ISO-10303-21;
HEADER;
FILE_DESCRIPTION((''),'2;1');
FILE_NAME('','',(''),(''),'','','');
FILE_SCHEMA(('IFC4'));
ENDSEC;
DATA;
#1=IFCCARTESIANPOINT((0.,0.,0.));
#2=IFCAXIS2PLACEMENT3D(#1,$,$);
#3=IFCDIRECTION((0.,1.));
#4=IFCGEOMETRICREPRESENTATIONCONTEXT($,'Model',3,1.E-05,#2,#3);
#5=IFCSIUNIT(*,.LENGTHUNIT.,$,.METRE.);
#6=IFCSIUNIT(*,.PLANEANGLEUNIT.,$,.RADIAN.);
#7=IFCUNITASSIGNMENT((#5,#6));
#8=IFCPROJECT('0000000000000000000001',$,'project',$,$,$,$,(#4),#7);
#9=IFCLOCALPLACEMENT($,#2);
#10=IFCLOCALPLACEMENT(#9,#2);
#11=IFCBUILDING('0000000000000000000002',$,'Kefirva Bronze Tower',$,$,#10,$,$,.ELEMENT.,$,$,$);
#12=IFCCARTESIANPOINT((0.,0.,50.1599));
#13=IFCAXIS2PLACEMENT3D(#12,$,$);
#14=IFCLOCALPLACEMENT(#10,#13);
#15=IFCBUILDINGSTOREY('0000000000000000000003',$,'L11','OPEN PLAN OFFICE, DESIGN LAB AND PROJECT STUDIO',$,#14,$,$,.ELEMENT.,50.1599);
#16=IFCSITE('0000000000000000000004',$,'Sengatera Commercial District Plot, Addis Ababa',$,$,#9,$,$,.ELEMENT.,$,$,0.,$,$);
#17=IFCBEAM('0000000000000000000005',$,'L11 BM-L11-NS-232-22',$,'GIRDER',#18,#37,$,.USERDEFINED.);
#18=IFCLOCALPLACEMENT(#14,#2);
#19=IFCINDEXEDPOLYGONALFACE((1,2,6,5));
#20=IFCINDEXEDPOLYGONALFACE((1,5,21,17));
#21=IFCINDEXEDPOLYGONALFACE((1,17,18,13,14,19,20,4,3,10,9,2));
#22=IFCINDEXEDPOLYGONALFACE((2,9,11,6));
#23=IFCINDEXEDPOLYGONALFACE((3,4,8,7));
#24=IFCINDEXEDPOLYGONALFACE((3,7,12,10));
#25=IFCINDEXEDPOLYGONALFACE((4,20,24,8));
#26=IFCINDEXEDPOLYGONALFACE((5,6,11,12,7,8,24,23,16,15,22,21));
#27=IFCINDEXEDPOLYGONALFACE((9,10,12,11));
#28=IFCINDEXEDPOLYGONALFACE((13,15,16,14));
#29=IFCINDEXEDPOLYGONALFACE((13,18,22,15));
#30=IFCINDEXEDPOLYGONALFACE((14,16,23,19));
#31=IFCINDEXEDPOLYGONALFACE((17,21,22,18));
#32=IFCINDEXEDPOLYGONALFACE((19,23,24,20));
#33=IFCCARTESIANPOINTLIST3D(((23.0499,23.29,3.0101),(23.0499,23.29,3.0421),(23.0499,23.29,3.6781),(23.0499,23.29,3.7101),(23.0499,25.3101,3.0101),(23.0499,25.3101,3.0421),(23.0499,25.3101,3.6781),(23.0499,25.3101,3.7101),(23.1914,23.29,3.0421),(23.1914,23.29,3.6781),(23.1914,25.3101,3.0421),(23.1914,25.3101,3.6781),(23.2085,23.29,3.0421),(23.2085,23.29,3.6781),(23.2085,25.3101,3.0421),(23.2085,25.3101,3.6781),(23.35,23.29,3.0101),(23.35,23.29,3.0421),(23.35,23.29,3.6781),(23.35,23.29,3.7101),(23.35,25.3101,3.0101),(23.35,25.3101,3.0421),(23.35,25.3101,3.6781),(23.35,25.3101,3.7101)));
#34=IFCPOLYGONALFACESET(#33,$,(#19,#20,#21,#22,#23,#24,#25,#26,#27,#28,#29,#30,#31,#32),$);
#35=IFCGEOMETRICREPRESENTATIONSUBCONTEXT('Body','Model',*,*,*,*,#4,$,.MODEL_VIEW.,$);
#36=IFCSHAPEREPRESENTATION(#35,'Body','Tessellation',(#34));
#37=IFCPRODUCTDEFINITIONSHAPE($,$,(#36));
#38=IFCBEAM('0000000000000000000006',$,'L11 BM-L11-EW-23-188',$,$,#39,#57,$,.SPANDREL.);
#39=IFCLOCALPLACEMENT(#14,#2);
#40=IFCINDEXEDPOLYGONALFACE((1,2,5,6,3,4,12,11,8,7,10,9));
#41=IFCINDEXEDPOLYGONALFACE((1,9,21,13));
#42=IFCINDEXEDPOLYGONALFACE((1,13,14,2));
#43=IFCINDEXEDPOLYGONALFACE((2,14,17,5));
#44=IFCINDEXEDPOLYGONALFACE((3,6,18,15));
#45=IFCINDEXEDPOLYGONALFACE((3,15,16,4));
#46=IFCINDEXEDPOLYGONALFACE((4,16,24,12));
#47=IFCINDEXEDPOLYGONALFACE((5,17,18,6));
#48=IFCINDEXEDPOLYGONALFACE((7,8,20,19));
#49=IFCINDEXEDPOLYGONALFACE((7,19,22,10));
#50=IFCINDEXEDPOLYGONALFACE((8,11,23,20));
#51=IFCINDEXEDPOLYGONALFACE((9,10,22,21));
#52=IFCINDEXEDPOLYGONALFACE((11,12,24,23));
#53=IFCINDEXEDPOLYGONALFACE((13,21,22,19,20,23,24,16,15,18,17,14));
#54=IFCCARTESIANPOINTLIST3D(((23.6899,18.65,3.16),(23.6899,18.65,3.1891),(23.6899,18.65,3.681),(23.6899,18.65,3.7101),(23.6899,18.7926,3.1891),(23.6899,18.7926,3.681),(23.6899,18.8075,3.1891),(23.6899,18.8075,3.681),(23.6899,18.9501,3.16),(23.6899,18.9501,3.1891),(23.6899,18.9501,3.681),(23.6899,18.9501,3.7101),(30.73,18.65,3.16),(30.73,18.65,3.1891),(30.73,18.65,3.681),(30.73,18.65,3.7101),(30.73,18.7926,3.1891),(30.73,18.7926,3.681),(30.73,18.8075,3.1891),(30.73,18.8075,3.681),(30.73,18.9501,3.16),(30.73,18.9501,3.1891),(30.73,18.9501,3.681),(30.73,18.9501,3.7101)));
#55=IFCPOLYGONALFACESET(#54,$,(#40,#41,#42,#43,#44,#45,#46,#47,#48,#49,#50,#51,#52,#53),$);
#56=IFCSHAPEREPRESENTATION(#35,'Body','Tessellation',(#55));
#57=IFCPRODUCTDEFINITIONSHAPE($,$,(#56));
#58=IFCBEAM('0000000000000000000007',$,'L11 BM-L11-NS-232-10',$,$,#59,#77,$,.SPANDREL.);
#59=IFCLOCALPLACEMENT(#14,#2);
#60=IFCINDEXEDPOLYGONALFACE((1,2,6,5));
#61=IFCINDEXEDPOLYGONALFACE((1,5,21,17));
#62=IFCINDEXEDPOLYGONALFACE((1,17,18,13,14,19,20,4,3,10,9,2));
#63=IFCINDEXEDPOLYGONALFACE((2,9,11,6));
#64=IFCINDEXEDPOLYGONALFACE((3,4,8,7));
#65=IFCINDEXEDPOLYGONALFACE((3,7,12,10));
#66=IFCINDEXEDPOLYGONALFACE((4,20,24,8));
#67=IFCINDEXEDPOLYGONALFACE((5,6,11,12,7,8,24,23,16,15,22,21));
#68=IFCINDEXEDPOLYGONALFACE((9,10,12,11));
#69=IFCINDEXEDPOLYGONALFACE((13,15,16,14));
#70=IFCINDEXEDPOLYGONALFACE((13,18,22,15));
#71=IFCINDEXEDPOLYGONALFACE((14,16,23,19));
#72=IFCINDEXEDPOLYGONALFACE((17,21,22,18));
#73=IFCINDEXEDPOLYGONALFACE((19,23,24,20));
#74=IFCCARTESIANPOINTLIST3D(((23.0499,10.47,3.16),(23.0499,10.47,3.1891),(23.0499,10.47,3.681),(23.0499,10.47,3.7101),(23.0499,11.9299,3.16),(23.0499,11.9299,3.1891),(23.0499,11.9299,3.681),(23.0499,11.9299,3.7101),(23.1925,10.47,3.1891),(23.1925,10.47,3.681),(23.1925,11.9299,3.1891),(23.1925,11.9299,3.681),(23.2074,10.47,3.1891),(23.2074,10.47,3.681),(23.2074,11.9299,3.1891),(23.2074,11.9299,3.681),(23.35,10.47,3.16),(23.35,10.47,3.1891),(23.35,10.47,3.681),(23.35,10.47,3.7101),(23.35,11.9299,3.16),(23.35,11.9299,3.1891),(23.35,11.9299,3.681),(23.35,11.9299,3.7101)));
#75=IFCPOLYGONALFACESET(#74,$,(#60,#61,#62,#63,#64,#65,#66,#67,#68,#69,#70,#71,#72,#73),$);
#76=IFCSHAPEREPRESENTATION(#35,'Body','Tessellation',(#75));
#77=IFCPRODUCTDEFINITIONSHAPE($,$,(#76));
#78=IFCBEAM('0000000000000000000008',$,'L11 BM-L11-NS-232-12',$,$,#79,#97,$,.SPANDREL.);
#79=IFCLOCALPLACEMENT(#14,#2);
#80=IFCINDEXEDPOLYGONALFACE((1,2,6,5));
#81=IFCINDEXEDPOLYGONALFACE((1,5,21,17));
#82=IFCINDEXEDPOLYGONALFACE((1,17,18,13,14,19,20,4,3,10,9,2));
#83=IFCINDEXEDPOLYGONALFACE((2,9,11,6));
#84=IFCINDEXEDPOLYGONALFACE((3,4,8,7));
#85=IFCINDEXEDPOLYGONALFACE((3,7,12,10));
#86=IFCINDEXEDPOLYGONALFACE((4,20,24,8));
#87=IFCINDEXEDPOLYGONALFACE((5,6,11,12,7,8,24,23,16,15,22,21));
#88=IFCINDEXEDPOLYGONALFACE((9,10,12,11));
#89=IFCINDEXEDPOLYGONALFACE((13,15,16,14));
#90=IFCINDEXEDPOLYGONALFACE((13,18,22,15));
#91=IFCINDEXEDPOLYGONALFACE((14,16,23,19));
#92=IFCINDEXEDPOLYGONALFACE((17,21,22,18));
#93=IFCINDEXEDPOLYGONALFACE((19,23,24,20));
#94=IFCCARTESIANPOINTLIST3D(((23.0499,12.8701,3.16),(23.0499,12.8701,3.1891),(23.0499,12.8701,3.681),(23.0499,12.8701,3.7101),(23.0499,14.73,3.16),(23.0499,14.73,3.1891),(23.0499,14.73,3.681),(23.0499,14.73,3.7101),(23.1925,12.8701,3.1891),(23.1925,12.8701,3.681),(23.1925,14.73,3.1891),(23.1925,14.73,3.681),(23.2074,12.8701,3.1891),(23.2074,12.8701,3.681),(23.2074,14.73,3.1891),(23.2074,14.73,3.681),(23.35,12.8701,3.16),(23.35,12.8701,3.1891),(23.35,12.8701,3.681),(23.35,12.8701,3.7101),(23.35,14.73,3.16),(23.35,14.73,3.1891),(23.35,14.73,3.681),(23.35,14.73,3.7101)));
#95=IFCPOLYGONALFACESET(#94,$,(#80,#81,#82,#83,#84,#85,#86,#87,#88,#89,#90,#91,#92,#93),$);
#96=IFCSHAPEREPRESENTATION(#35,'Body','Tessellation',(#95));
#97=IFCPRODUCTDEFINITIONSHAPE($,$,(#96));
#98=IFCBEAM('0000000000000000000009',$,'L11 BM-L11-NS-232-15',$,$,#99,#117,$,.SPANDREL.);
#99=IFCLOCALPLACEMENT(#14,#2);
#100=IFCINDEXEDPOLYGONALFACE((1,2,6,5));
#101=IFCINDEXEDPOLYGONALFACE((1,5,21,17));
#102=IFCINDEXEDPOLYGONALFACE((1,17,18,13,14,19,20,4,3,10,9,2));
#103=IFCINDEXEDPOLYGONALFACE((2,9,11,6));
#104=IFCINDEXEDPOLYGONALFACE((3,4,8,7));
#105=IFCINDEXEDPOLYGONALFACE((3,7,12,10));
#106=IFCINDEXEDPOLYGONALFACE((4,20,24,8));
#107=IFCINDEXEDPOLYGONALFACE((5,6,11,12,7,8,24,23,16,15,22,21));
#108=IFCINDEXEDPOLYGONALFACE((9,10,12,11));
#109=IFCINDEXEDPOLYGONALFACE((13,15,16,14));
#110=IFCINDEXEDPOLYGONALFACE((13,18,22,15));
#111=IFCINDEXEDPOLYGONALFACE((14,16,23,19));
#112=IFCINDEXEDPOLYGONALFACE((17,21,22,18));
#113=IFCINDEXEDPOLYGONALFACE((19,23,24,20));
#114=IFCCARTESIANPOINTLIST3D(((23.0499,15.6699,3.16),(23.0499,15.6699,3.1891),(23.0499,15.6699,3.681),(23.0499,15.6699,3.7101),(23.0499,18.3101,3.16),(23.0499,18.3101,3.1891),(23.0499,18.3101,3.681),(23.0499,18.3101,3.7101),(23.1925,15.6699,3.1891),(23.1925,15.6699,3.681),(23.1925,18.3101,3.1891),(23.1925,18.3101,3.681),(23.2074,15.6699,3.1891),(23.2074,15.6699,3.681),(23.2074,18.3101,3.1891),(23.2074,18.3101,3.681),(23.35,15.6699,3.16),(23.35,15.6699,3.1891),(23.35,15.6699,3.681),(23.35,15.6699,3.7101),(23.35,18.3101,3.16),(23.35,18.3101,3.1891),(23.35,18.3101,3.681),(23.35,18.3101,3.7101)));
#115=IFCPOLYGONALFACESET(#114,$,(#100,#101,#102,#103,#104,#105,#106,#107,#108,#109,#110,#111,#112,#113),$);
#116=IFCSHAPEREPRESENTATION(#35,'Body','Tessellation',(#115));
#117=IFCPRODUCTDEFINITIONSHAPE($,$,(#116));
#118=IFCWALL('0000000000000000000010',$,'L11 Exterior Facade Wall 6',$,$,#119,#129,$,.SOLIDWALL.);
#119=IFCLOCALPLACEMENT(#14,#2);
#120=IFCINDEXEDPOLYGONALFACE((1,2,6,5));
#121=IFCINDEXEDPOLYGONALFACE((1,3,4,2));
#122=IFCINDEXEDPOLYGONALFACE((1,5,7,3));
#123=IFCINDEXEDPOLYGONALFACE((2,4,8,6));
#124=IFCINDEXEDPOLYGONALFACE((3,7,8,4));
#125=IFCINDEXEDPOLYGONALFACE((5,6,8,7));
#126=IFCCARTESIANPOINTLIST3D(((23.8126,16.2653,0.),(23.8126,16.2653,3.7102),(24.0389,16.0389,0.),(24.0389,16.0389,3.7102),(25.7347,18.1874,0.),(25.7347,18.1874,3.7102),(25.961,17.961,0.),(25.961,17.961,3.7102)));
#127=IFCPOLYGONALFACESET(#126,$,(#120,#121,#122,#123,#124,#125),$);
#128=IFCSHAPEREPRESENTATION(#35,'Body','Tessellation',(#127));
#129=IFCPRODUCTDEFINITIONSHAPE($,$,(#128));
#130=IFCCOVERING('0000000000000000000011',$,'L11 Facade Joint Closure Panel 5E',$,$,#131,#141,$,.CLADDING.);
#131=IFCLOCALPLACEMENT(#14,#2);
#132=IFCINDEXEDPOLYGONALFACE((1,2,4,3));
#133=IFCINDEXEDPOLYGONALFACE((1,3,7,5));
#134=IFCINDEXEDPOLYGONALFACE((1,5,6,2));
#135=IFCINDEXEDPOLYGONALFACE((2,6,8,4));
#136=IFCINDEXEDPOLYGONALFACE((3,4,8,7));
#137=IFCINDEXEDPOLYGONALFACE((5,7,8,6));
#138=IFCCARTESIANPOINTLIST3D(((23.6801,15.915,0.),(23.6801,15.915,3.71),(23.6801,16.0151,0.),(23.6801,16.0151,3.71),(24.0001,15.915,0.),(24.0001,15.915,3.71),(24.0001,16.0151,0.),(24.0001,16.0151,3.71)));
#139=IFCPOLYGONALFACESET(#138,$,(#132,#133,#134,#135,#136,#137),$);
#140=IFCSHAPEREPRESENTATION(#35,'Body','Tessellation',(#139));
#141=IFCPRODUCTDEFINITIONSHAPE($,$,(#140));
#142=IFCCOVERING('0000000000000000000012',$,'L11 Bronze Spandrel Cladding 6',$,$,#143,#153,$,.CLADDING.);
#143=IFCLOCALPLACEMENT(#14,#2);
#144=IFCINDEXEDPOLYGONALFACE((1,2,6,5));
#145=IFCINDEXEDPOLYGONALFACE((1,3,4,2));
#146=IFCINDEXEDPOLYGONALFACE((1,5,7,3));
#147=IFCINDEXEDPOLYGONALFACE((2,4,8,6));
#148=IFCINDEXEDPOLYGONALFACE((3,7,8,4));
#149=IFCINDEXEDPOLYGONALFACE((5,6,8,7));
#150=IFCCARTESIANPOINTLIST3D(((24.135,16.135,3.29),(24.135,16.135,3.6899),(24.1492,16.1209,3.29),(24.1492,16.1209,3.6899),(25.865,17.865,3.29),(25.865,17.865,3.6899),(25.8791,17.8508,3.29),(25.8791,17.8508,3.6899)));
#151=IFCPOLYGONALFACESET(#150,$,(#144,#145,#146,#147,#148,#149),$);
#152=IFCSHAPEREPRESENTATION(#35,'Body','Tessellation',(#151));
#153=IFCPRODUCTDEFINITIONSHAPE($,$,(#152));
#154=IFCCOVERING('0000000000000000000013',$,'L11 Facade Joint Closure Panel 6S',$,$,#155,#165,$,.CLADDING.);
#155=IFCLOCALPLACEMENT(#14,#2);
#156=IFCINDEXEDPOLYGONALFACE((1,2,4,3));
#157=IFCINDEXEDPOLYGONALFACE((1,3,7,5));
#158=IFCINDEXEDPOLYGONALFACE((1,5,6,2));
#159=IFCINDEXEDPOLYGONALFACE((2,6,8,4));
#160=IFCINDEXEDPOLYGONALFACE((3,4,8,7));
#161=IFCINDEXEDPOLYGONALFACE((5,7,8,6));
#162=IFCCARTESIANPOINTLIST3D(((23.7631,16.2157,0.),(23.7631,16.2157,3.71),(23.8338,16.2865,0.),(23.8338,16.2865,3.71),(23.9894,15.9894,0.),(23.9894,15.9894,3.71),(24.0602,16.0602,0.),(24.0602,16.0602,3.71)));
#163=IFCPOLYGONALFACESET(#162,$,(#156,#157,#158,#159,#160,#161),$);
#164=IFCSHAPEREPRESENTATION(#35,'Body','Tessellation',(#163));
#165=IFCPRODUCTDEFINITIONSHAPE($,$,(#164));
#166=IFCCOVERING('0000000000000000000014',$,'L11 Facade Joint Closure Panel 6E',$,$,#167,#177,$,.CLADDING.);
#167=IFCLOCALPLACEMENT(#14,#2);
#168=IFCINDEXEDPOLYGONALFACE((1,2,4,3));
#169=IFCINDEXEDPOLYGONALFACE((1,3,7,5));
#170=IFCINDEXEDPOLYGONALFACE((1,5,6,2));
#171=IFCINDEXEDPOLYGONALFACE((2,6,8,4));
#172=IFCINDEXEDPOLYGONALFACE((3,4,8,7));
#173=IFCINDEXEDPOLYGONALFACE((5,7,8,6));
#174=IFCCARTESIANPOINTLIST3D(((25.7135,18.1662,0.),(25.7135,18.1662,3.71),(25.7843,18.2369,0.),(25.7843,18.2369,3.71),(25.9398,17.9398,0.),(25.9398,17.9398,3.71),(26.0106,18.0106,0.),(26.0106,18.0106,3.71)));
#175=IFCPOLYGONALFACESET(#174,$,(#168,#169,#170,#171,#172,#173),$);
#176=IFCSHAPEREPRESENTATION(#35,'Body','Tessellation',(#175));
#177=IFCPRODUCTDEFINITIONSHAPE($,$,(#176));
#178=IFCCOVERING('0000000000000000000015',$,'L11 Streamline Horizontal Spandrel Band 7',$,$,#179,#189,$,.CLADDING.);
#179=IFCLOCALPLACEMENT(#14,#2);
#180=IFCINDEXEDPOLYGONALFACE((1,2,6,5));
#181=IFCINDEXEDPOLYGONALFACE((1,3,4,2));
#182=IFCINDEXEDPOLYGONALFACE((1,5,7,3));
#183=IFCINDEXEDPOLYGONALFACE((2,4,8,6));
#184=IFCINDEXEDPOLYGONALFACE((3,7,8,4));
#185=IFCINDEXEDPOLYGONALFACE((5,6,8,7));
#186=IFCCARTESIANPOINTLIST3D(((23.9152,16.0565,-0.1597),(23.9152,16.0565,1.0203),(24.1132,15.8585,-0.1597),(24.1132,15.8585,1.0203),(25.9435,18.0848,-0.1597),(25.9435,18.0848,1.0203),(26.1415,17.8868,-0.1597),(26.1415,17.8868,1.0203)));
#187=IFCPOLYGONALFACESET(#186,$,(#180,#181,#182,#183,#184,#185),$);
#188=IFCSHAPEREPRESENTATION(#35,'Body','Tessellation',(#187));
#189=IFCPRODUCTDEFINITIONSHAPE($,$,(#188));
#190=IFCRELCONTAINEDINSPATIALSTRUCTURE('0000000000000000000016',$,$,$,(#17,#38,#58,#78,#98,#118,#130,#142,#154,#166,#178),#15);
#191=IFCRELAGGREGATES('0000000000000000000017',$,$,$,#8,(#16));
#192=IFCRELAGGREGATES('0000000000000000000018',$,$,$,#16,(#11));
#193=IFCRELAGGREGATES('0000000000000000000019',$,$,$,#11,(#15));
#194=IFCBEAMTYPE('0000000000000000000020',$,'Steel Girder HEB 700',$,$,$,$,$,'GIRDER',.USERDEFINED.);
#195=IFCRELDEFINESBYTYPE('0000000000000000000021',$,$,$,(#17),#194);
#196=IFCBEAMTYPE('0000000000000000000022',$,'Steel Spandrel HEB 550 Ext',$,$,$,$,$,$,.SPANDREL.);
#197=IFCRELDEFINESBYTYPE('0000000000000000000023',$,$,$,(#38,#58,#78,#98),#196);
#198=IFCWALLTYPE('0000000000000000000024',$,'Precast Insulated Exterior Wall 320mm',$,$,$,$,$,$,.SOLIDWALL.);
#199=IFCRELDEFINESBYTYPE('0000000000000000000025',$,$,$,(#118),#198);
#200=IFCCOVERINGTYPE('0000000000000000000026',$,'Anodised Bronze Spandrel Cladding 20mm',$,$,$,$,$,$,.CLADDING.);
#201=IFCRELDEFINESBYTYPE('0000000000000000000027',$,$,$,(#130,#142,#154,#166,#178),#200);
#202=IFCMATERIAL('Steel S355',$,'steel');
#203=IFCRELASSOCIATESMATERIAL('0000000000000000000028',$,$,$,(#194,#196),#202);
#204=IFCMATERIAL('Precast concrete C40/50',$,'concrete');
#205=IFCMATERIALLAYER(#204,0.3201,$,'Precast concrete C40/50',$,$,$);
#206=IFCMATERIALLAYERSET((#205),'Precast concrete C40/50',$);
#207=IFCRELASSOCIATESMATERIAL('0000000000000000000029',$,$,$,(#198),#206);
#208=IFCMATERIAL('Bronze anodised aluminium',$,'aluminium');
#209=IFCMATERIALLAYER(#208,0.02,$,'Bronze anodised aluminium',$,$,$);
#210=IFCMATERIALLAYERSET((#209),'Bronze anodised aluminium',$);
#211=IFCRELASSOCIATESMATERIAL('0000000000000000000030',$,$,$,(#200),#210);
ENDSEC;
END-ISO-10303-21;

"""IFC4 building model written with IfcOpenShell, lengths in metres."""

from ifc_helpers import new_model, si_unit, direction, frame, frame_2d, origin, origin_2d, place, context, subcontext, project, spatial, rectangle, i_section, extrude, material, layer, layer_set, material_profile, profile_set, type_object, element, save


model = new_model("IFC4")

# Units and contexts
model_context = context("Model", 3, precision=1e-05, world=origin(), true_north=direction((0.0, 1.0)))
body_context = subcontext(model_context, "Body", "Model", "MODEL_VIEW")
ifc_project = project(units=[si_unit("LENGTHUNIT", "METRE"), si_unit("PLANEANGLEUNIT", "RADIAN")], contexts=[model_context])

# Site, building, storey
site_placement = place(None, origin())
site = spatial("IfcSite", under=ifc_project, at=site_placement, Name="Sengatera Commercial District Plot, Addis Ababa", CompositionType="ELEMENT", RefElevation=0.0)
building_placement = place(site_placement, origin())
building = spatial("IfcBuilding", under=site, at=building_placement, Name="Kefirva Bronze Tower", CompositionType="ELEMENT")
storey_placement = place(building_placement, frame((0.0, 0.0, 50.1599)))
storey = spatial("IfcBuildingStorey", under=building, at=storey_placement, Name="L11", Description="OPEN PLAN OFFICE, DESIGN LAB AND PROJECT STUDIO", CompositionType="ELEMENT", Elevation=50.1599)

# Shared definitions
ifc_material_1 = material(Name="Bronze anodised aluminium", Category="aluminium")

# Beams
ifc_material_2 = material(Name="Steel S355", Category="steel")
ifc_material_profile_1 = material_profile(ifc_material_2, i_section(OverallWidth=0.3, OverallDepth=0.7, WebThickness=0.0171, FlangeThickness=0.032, at=origin_2d()), Name="HEB 700")
ifc_profile_set_1 = profile_set([ifc_material_profile_1], Name="Steel S355")
beam_type_1 = type_object("IfcBeamType", Name="Steel Girder HEB 700", ElementType="GIRDER", PredefinedType="USERDEFINED", material=ifc_profile_set_1)
beam_1_placement = place(storey_placement, frame((23.2, 23.29, 3.3601), z_axis=(0.0, 1.0, 0.0), x_axis=(-1.0, 0.0, 0.0)))
element("IfcBeam", 1, at=beam_1_placement, inside=storey, type_object=beam_type_1, Name="L11 BM-L11-NS-232-22", ObjectType="GIRDER", PredefinedType="USERDEFINED", context=body_context, shape_type="SweptSolid", body=[
    extrude(i_section(OverallWidth=0.3, OverallDepth=0.7, WebThickness=0.0171, FlangeThickness=0.032, at=origin_2d()), origin(), (0.0, 0.0, 1.0), 2.02),
])
ifc_material_profile_2 = material_profile(ifc_material_2, i_section(OverallWidth=0.3, OverallDepth=0.55, WebThickness=0.0149, FlangeThickness=0.0291, at=origin_2d()), Name="HEB 550")
ifc_profile_set_2 = profile_set([ifc_material_profile_2], Name="Steel S355")
beam_type_2 = type_object("IfcBeamType", Name="Steel Spandrel HEB 550 Ext", PredefinedType="SPANDREL", material=ifc_profile_set_2)
beam_2_placement = place(storey_placement, frame((23.6899, 18.8, 3.4351), z_axis=(1.0, 0.0, 0.0), x_axis=(0.0, 1.0, 0.0)))
element("IfcBeam", 2, at=beam_2_placement, inside=storey, type_object=beam_type_2, Name="L11 BM-L11-EW-23-188", PredefinedType="SPANDREL", context=body_context, shape_type="SweptSolid", body=[
    extrude(i_section(OverallWidth=0.3, OverallDepth=0.55, WebThickness=0.0149, FlangeThickness=0.0291, at=origin_2d()), origin(), (0.0, 0.0, 1.0), 7.04),
])
beam_3_placement = place(storey_placement, frame((23.2, 10.47, 3.4351), z_axis=(0.0, 1.0, 0.0), x_axis=(-1.0, 0.0, 0.0)))
element("IfcBeam", 3, at=beam_3_placement, inside=storey, type_object=beam_type_2, Name="L11 BM-L11-NS-232-10", PredefinedType="SPANDREL", context=body_context, shape_type="SweptSolid", body=[
    extrude(i_section(OverallWidth=0.3, OverallDepth=0.55, WebThickness=0.0149, FlangeThickness=0.0291, at=origin_2d()), origin(), (0.0, 0.0, 1.0), 1.46),
])
beam_4_placement = place(storey_placement, frame((23.2, 12.8701, 3.4351), z_axis=(0.0, 1.0, 0.0), x_axis=(-1.0, 0.0, 0.0)))
element("IfcBeam", 4, at=beam_4_placement, inside=storey, type_object=beam_type_2, Name="L11 BM-L11-NS-232-12", PredefinedType="SPANDREL", context=body_context, shape_type="SweptSolid", body=[
    extrude(i_section(OverallWidth=0.3, OverallDepth=0.55, WebThickness=0.0149, FlangeThickness=0.0291, at=origin_2d()), origin(), (0.0, 0.0, 1.0), 1.8599),
])
beam_5_placement = place(storey_placement, frame((23.2, 15.6699, 3.4351), z_axis=(0.0, 1.0, 0.0), x_axis=(-1.0, 0.0, 0.0)))
element("IfcBeam", 5, at=beam_5_placement, inside=storey, type_object=beam_type_2, Name="L11 BM-L11-NS-232-15", PredefinedType="SPANDREL", context=body_context, shape_type="SweptSolid", body=[
    extrude(i_section(OverallWidth=0.3, OverallDepth=0.55, WebThickness=0.0149, FlangeThickness=0.0291, at=origin_2d()), origin(), (0.0, 0.0, 1.0), 2.6401),
])

# Wall
ifc_material_3 = material(Name="Precast concrete C40/50", Category="concrete")
ifc_layer_1 = layer(ifc_material_3, 0.3201, Name="Precast concrete C40/50")
ifc_layer_set_1 = layer_set([ifc_layer_1], Name="Precast concrete C40/50")
wall_type = type_object("IfcWallType", Name="Precast Insulated Exterior Wall 320mm", PredefinedType="SOLIDWALL", material=ifc_layer_set_1)
wall_placement = place(storey_placement, frame((23.9258, 16.1521, 0.0), z_axis=(0.0, 0.0, 1.0), x_axis=(0.707107, 0.707107, 0.0)))
element("IfcWall", 6, at=wall_placement, inside=storey, type_object=wall_type, Name="L11 Exterior Facade Wall 6", PredefinedType="SOLIDWALL", context=body_context, shape_type="SweptSolid", body=[
    extrude(rectangle(XDim=2.7183, YDim=0.3201, at=frame_2d((1.3591, 0.0))), origin(), (0.0, 0.0, 1.0), 3.7102),
])

# Coverings
ifc_layer_2 = layer(ifc_material_1, 0.02, Name="Bronze anodised aluminium")
ifc_layer_set_2 = layer_set([ifc_layer_2], Name="Bronze anodised aluminium")
covering_type_1 = type_object("IfcCoveringType", Name="Anodised Bronze Spandrel Cladding 20mm", PredefinedType="CLADDING", material=ifc_layer_set_2)
covering_1_placement = place(storey_placement, frame((23.8401, 15.9651, 0.0), z_axis=(0.0, 0.0, 1.0), x_axis=(0.0, 1.0, 0.0)))
element("IfcCovering", 7, at=covering_1_placement, inside=storey, type_object=covering_type_1, Name="L11 Facade Joint Closure Panel 5E", PredefinedType="CLADDING", context=body_context, shape_type="SweptSolid", body=[
    extrude(rectangle(XDim=0.1001, YDim=0.3201, at=origin_2d()), origin(), (0.0, 0.0, 1.0), 3.71),
])
covering_2_placement = place(storey_placement, frame((25.0071, 16.9929, 3.29), z_axis=(0.0, 0.0, 1.0), x_axis=(0.707107, 0.707107, 0.0)))
element("IfcCovering", 8, at=covering_2_placement, inside=storey, type_object=covering_type_1, Name="L11 Bronze Spandrel Cladding 6", PredefinedType="CLADDING", context=body_context, shape_type="SweptSolid", body=[
    extrude(rectangle(XDim=2.4465, YDim=0.02, at=origin_2d()), origin(), (0.0, 0.0, 1.0), 0.3999),
])
for number, where, z_axis, x_axis, name in (
    (9, (23.9116, 16.1379, 0.0), (0.0, 0.0, 1.0), (0.707107, 0.707107, 0.0), "L11 Facade Joint Closure Panel 6S"),
    (10, (25.8621, 18.0884, 0.0), (0.0, 0.0, 1.0), (0.707107, 0.707107, 0.0), "L11 Facade Joint Closure Panel 6E"),
):
    element("IfcCovering", number, at=place(storey_placement, frame(where, z_axis=z_axis, x_axis=x_axis)), inside=storey, type_object=covering_type_1, Name=name, PredefinedType="CLADDING", context=body_context, shape_type="SweptSolid", body=[
        extrude(rectangle(XDim=0.1001, YDim=0.3201, at=origin_2d()), origin(), (0.0, 0.0, 1.0), 3.71),
    ])
covering_3_placement = place(storey_placement, frame((25.0283, 16.9717, -0.1597), z_axis=(0.0, 0.0, 1.0), x_axis=(0.707107, 0.707107, 0.0)))
element("IfcCovering", 11, at=covering_3_placement, inside=storey, type_object=covering_type_1, Name="L11 Streamline Horizontal Spandrel Band 7", PredefinedType="CLADDING", context=body_context, shape_type="SweptSolid", body=[
    extrude(rectangle(XDim=2.8684, YDim=0.28, at=origin_2d()), origin(), (0.0, 0.0, 1.0), 1.1799),
])

save(model, "model.ifc")
